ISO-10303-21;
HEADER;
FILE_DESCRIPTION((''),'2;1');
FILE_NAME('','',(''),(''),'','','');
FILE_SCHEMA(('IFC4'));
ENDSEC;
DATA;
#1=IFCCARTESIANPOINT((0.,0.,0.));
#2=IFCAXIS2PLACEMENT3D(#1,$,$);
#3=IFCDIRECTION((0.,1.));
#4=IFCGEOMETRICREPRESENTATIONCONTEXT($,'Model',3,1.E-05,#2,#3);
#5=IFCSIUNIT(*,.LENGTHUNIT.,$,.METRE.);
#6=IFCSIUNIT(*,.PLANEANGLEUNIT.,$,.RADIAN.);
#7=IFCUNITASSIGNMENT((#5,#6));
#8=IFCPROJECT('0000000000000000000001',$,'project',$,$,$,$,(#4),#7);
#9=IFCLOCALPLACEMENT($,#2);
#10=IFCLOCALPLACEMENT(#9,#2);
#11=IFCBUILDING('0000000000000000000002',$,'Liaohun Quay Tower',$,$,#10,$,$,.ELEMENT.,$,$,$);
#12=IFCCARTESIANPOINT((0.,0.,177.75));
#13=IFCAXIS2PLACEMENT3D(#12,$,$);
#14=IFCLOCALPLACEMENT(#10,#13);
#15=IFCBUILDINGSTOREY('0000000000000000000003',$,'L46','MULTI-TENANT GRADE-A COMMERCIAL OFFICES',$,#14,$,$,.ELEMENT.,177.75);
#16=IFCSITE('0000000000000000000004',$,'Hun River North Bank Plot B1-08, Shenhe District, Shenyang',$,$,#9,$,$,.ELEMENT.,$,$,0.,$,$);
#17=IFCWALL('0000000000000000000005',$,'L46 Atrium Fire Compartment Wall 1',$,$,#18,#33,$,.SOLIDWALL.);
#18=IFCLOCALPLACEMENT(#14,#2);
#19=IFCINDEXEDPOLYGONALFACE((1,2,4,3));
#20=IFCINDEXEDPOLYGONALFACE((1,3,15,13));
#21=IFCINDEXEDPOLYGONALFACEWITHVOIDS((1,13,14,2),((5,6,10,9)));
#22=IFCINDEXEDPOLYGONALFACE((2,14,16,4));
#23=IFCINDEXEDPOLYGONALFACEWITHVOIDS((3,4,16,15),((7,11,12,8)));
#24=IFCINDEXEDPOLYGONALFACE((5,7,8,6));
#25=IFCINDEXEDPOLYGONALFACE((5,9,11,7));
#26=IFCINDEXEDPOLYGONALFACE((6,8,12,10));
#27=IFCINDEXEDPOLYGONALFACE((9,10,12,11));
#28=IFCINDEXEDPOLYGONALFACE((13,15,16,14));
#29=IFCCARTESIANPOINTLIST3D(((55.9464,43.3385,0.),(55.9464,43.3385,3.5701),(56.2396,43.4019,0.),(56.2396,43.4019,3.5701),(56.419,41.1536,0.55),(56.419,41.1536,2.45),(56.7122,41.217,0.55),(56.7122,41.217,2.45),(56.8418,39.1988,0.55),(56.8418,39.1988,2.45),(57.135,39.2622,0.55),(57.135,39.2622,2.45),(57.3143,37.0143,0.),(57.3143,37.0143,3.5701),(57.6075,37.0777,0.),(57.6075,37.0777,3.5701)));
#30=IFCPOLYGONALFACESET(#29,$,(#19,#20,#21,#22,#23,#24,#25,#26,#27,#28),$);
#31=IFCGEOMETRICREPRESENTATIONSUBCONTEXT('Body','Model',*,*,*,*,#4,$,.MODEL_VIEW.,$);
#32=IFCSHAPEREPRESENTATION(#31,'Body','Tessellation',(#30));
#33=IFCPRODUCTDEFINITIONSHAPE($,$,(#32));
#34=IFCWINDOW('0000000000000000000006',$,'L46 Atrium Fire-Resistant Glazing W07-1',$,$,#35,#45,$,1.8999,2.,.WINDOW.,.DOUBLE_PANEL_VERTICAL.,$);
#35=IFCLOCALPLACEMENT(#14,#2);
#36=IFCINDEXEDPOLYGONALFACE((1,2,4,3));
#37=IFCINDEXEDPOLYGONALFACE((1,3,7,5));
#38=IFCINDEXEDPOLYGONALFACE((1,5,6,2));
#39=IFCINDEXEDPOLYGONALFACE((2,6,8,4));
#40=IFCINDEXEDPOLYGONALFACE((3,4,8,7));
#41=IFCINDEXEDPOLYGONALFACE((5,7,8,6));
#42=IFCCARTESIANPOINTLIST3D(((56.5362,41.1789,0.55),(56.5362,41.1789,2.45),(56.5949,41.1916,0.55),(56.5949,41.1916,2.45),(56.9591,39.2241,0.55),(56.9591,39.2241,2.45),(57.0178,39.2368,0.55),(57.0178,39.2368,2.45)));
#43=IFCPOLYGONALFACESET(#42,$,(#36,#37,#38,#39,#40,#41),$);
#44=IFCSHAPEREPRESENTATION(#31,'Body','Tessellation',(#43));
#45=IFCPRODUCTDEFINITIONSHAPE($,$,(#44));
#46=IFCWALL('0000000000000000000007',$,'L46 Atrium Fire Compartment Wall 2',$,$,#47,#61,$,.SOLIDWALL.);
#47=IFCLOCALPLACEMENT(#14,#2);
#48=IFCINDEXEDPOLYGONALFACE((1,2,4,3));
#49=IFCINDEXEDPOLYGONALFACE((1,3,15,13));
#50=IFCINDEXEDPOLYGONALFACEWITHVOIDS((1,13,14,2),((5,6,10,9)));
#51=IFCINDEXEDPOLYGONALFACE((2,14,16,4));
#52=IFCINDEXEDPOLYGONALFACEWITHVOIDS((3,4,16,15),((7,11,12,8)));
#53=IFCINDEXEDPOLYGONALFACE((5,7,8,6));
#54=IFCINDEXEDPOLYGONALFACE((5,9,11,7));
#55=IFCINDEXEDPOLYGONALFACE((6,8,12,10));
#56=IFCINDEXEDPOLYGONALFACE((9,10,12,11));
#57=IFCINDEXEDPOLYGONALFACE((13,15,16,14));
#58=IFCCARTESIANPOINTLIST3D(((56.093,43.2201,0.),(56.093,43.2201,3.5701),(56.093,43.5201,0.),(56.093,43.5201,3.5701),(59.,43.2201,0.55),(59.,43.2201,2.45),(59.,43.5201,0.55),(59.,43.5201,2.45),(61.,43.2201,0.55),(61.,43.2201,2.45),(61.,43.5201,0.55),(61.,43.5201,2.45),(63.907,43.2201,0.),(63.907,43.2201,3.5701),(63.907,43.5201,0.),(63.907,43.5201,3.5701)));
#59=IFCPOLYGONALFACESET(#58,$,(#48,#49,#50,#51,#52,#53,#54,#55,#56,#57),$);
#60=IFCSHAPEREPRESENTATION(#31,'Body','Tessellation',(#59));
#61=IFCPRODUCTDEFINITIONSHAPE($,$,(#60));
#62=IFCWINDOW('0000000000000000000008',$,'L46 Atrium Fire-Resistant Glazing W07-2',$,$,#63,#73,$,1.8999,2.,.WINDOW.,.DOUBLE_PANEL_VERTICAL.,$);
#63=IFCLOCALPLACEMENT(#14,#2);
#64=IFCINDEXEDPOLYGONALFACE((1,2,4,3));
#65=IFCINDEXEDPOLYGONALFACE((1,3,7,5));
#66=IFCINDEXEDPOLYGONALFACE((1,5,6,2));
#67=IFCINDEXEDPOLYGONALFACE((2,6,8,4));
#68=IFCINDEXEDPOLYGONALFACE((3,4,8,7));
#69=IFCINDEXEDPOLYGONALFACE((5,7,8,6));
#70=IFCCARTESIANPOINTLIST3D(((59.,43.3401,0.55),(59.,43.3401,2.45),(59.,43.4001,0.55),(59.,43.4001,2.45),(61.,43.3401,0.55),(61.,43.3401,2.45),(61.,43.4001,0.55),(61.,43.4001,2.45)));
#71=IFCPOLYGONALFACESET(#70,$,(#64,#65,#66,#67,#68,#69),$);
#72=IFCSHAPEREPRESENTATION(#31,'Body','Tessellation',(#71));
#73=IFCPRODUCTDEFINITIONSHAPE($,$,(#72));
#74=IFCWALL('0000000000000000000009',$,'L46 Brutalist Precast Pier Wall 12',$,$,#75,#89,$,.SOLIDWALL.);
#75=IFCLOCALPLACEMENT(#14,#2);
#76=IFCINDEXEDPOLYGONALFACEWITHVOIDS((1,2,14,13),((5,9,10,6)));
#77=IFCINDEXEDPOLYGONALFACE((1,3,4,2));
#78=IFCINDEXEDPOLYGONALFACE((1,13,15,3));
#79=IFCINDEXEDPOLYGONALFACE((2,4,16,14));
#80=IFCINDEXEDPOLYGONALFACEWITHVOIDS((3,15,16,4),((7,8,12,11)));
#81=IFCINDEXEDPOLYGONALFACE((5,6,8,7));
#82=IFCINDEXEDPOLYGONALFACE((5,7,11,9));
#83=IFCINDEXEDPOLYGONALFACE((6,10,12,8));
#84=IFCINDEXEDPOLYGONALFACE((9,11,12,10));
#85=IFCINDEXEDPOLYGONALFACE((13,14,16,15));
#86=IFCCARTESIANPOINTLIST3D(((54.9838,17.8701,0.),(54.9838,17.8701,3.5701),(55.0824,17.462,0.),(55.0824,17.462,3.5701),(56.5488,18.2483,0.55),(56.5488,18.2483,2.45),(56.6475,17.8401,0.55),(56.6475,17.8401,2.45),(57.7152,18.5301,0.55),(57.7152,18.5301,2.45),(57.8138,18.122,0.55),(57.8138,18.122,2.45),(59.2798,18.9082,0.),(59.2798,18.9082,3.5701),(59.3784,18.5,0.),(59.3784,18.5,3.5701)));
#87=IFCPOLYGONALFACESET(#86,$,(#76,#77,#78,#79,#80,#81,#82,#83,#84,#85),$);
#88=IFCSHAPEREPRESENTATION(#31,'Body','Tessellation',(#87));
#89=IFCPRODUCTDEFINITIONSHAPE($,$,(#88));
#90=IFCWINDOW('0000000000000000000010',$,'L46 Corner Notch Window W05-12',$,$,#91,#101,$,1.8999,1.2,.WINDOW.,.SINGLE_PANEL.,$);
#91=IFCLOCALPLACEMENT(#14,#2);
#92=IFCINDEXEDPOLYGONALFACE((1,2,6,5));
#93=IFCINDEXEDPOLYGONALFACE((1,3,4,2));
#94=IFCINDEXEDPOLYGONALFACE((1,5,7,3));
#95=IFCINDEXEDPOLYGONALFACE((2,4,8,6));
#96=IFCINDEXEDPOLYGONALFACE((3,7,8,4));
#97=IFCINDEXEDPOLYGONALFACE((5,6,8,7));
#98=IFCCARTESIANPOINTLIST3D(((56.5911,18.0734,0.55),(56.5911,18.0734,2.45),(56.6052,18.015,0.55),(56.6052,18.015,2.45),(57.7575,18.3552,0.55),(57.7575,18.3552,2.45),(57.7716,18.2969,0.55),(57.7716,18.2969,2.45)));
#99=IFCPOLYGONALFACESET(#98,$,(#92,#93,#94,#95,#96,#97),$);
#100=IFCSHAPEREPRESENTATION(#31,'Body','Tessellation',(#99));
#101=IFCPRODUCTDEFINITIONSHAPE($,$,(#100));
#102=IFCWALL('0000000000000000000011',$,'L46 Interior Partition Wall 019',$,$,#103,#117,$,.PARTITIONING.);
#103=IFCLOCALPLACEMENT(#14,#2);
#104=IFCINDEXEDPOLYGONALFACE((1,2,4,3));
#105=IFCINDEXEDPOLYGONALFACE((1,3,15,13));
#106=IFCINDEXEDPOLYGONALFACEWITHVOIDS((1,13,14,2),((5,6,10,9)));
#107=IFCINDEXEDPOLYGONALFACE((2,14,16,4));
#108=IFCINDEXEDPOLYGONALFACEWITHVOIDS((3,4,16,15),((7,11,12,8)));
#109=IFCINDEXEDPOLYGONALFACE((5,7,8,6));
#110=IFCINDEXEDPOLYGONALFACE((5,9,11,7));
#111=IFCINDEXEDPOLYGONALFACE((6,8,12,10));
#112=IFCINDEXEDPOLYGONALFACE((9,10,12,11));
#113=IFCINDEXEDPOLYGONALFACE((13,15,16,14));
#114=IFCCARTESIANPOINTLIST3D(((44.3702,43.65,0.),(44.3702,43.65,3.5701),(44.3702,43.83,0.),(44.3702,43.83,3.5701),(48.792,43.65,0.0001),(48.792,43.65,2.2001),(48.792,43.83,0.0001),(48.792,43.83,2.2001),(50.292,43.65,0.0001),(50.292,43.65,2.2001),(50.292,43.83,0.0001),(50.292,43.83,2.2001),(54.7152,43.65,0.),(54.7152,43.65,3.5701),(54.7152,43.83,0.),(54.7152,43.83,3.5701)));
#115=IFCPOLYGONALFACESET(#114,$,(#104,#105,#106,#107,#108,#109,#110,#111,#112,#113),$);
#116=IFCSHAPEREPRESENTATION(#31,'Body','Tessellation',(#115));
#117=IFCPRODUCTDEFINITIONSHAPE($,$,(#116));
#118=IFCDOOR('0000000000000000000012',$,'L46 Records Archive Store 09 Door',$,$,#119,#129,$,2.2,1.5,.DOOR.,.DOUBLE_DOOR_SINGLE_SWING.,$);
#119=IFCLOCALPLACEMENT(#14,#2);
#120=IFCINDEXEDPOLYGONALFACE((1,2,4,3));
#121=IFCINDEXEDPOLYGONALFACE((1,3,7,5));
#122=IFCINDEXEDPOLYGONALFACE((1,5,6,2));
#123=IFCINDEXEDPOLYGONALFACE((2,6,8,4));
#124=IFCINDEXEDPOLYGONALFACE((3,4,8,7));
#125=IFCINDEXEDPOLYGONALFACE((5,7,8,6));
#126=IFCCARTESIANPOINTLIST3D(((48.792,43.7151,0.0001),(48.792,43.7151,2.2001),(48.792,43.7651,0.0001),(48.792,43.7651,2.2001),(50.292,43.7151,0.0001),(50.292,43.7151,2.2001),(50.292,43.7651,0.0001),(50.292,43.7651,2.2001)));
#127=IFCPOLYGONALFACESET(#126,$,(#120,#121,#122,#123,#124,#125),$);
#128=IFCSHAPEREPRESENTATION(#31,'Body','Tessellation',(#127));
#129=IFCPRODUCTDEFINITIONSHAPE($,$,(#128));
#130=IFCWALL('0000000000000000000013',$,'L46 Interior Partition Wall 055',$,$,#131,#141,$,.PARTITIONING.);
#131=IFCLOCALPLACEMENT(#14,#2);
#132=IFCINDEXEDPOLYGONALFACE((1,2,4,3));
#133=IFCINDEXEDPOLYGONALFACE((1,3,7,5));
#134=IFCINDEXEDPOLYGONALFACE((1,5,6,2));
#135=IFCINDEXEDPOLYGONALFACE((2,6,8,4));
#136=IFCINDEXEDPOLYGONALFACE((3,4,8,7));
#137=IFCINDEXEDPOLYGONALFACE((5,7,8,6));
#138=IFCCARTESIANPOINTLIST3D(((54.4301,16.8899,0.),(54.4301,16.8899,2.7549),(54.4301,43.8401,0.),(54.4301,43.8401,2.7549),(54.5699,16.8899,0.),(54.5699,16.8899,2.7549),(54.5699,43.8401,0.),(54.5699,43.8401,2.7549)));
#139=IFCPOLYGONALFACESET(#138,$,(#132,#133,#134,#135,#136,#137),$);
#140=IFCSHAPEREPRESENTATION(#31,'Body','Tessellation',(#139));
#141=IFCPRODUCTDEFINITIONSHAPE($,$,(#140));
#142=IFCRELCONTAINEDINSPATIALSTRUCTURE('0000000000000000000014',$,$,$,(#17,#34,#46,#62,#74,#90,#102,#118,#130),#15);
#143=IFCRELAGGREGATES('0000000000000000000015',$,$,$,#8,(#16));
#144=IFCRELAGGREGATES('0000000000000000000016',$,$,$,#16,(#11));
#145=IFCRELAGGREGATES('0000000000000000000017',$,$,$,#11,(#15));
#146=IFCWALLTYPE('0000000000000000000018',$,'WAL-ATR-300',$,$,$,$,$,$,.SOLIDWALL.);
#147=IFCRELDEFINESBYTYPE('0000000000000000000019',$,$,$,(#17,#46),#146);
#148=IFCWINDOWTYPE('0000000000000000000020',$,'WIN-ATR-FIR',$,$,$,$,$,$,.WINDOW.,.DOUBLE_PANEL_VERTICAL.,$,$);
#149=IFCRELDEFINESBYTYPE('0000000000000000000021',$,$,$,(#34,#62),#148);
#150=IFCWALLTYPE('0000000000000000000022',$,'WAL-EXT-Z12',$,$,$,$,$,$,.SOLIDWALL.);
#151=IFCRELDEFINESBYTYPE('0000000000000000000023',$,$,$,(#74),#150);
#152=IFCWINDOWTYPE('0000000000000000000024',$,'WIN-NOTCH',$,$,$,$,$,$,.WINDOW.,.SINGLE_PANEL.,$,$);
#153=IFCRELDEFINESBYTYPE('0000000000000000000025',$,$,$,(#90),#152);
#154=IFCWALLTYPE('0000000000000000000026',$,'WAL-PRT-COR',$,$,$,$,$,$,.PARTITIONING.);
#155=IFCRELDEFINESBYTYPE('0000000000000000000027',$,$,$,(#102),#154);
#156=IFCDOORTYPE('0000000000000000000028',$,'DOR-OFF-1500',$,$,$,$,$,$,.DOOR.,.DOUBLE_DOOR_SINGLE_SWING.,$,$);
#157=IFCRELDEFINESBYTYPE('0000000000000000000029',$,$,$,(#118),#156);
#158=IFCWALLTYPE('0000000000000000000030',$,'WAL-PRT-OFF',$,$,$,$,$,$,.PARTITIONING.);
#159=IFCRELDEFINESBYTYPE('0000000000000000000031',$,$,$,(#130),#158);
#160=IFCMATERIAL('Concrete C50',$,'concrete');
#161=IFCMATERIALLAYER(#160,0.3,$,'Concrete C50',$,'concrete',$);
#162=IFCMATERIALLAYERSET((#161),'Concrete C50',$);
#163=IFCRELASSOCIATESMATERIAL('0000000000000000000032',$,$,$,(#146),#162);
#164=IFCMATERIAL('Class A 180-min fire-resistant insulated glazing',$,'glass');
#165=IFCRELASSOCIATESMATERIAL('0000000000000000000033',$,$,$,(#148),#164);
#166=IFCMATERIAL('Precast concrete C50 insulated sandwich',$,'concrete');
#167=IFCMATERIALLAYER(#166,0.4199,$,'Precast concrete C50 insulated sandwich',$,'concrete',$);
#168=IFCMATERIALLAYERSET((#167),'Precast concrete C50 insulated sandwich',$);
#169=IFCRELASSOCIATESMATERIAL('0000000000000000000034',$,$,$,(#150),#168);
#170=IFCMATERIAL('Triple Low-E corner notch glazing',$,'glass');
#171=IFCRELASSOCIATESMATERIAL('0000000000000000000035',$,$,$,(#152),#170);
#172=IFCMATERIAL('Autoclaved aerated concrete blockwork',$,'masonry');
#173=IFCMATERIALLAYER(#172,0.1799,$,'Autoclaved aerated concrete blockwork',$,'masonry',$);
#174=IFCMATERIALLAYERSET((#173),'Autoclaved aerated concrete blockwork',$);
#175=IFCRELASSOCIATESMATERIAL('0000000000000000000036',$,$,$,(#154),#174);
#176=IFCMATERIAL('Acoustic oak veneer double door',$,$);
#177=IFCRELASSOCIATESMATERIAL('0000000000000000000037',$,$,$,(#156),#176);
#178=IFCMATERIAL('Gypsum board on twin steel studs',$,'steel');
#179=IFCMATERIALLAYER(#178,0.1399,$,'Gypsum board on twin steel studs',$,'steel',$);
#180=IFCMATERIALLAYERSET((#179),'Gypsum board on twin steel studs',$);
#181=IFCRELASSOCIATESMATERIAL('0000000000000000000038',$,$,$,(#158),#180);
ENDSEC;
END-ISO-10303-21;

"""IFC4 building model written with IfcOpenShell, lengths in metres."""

from ifc_helpers import new_model, si_unit, direction, frame, frame_2d, origin, place, context, subcontext, project, spatial, rectangle, extrude, source, transform, mapped, material, layer, layer_set, type_object, element, fill, save


model = new_model("IFC4")

# Units and contexts
model_context = context("Model", 3, precision=1e-05, world=origin(), true_north=direction((0.0, 1.0)))
body_context = subcontext(model_context, "Body", "Model", "MODEL_VIEW")
ifc_project = project(units=[si_unit("LENGTHUNIT", "METRE"), si_unit("PLANEANGLEUNIT", "RADIAN")], contexts=[model_context])

# Site, building, storey
site_placement = place(None, origin())
site = spatial("IfcSite", under=ifc_project, at=site_placement, Name="Hun River North Bank Plot B1-08, Shenhe District, Shenyang", CompositionType="ELEMENT", RefElevation=0.0)
building_placement = place(site_placement, origin())
building = spatial("IfcBuilding", under=site, at=building_placement, Name="Liaohun Quay Tower", CompositionType="ELEMENT")
storey_placement = place(building_placement, frame((0.0, 0.0, 177.75)))
storey = spatial("IfcBuildingStorey", under=building, at=storey_placement, Name="L46", Description="MULTI-TENANT GRADE-A COMMERCIAL OFFICES", CompositionType="ELEMENT", Elevation=177.75)

# Walls, openings, windows
ifc_material_1 = material(Name="Concrete C50", Category="concrete")
ifc_layer_1 = layer(ifc_material_1, 0.3, Name="Concrete C50", Category="concrete")
ifc_layer_set_1 = layer_set([ifc_layer_1], Name="Concrete C50")
wall_type_1 = type_object("IfcWallType", Name="WAL-ATR-300", PredefinedType="SOLIDWALL", material=ifc_layer_set_1)
wall_1_placement = place(storey_placement, frame((57.4609, 37.0459, 0.0), z_axis=(0.0, 0.0, 1.0), x_axis=(-0.21141, 0.977398, 0.0)))
wall_1 = element("IfcWall", 1, at=wall_1_placement, inside=storey, type_object=wall_type_1, Name="L46 Atrium Fire Compartment Wall 1", PredefinedType="SOLIDWALL", context=body_context, shape_type="SweptSolid", body=[
    extrude(rectangle(XDim=6.4705, YDim=0.3, at=frame_2d((3.2354, 0.0))), origin(), (0.0, 0.0, 1.0), 3.5701),
])
shared_shape_1 = source(origin(), body_context, "Body", "SweptSolid", [
    extrude(rectangle(XDim=2.0, YDim=1.8999, at=frame_2d((1.0, 0.95))), frame((0.0, 0.1599, 0.0), z_axis=(0.0, -1.0, 0.0), x_axis=(1.0, 0.0, 0.0)), (0.0, 0.0, 1.0), 0.3201),
])
opening_1_placement = place(wall_1_placement, frame((2.2351, 0.0, 0.55)))
opening_1 = element("IfcOpeningElement", 2, at=opening_1_placement, cuts=wall_1, PredefinedType="OPENING", context=body_context, shape_type="MappedRepresentation", body=[
    mapped(shared_shape_1, transform((0.0, 0.0, 0.0), x_axis=(1.0, 0.0, 0.0), y_axis=(0.0, 1.0, 0.0), z_axis=(0.0, 0.0, 1.0), scale=1.0)),
])
ifc_material_2 = material(Name="Class A 180-min fire-resistant insulated glazing", Category="glass")
window_type_1 = type_object("IfcWindowType", Name="WIN-ATR-FIR", PartitioningType="DOUBLE_PANEL_VERTICAL", PredefinedType="WINDOW", material=ifc_material_2)
shared_shape_2 = source(origin(), body_context, "Body", "SweptSolid", [
    extrude(rectangle(XDim=2.0, YDim=1.8999, at=frame_2d((1.0, 0.95))), frame((0.0, 0.03, 0.0), z_axis=(0.0, -1.0, 0.0), x_axis=(1.0, 0.0, 0.0)), (0.0, 0.0, 1.0), 0.0601),
])
window_1_placement = place(opening_1_placement, origin())
window_1 = element("IfcWindow", 3, at=window_1_placement, inside=storey, type_object=window_type_1, Name="L46 Atrium Fire-Resistant Glazing W07-1", OverallHeight=1.8999, OverallWidth=2.0, PartitioningType="DOUBLE_PANEL_VERTICAL", PredefinedType="WINDOW", context=body_context, shape_type="MappedRepresentation", body=[
    mapped(shared_shape_2, transform((0.0, 0.0, 0.0), x_axis=(1.0, 0.0, 0.0), y_axis=(0.0, 1.0, 0.0), z_axis=(0.0, 0.0, 1.0), scale=1.0)),
])
fill(opening_1, window_1)
wall_2_placement = place(storey_placement, frame((56.093, 43.3701, 0.0), z_axis=(0.0, 0.0, 1.0), x_axis=(1.0, 0.0, 0.0)))
wall_2 = element("IfcWall", 4, at=wall_2_placement, inside=storey, type_object=wall_type_1, Name="L46 Atrium Fire Compartment Wall 2", PredefinedType="SOLIDWALL", context=body_context, shape_type="SweptSolid", body=[
    extrude(rectangle(XDim=7.814, YDim=0.3, at=frame_2d((3.907, 0.0))), origin(), (0.0, 0.0, 1.0), 3.5701),
])
opening_2_placement = place(wall_2_placement, frame((2.907, 0.0, 0.55)))
opening_2 = element("IfcOpeningElement", 5, at=opening_2_placement, cuts=wall_2, PredefinedType="OPENING", context=body_context, shape_type="MappedRepresentation", body=[
    mapped(shared_shape_1, transform((0.0, 0.0, 0.0), x_axis=(1.0, 0.0, 0.0), y_axis=(0.0, 1.0, 0.0), z_axis=(0.0, 0.0, 1.0), scale=1.0)),
])
window_2_placement = place(opening_2_placement, origin())
window_2 = element("IfcWindow", 6, at=window_2_placement, inside=storey, type_object=window_type_1, Name="L46 Atrium Fire-Resistant Glazing W07-2", OverallHeight=1.8999, OverallWidth=2.0, PartitioningType="DOUBLE_PANEL_VERTICAL", PredefinedType="WINDOW", context=body_context, shape_type="MappedRepresentation", body=[
    mapped(shared_shape_2, transform((0.0, 0.0, 0.0), x_axis=(1.0, 0.0, 0.0), y_axis=(0.0, 1.0, 0.0), z_axis=(0.0, 0.0, 1.0), scale=1.0)),
])
fill(opening_2, window_2)
ifc_material_3 = material(Name="Precast concrete C50 insulated sandwich", Category="concrete")
ifc_layer_2 = layer(ifc_material_3, 0.4199, Name="Precast concrete C50 insulated sandwich", Category="concrete")
ifc_layer_set_2 = layer_set([ifc_layer_2], Name="Precast concrete C50 insulated sandwich")
wall_type_2 = type_object("IfcWallType", Name="WAL-EXT-Z12", PredefinedType="SOLIDWALL", material=ifc_layer_set_2)
wall_3_placement = place(storey_placement, frame((55.033, 17.666, 0.0), z_axis=(0.0, 0.0, 1.0), x_axis=(0.972026, 0.234873, 0.0)))
wall_3 = element("IfcWall", 7, at=wall_3_placement, inside=storey, type_object=wall_type_2, Name="L46 Brutalist Precast Pier Wall 12", PredefinedType="SOLIDWALL", context=body_context, shape_type="SweptSolid", body=[
    extrude(rectangle(XDim=4.4197, YDim=0.4199, at=frame_2d((2.21, 0.0))), origin(), (0.0, 0.0, 1.0), 3.5701),
])
shared_shape_3 = source(origin(), body_context, "Body", "SweptSolid", [
    extrude(rectangle(XDim=1.2, YDim=1.8999, at=frame_2d((0.6001, 0.95))), frame((0.0, 0.22, 0.0), z_axis=(0.0, -1.0, 0.0), x_axis=(1.0, 0.0, 0.0)), (0.0, 0.0, 1.0), 0.4399),
])
opening_3_placement = place(wall_3_placement, frame((1.6101, 0.0, 0.55)))
opening_3 = element("IfcOpeningElement", 8, at=opening_3_placement, cuts=wall_3, PredefinedType="OPENING", context=body_context, shape_type="MappedRepresentation", body=[
    mapped(shared_shape_3, transform((0.0, 0.0, 0.0), x_axis=(1.0, 0.0, 0.0), y_axis=(0.0, 1.0, 0.0), z_axis=(0.0, 0.0, 1.0), scale=1.0)),
])
ifc_material_4 = material(Name="Triple Low-E corner notch glazing", Category="glass")
window_type_2 = type_object("IfcWindowType", Name="WIN-NOTCH", PartitioningType="SINGLE_PANEL", PredefinedType="WINDOW", material=ifc_material_4)
shared_shape_4 = source(origin(), body_context, "Body", "SweptSolid", [
    extrude(rectangle(XDim=1.2, YDim=1.8999, at=frame_2d((0.6001, 0.95))), frame((0.0, 0.03, 0.0), z_axis=(0.0, -1.0, 0.0), x_axis=(1.0, 0.0, 0.0)), (0.0, 0.0, 1.0), 0.0601),
])
window_3_placement = place(opening_3_placement, origin())
window_3 = element("IfcWindow", 9, at=window_3_placement, inside=storey, type_object=window_type_2, Name="L46 Corner Notch Window W05-12", OverallHeight=1.8999, OverallWidth=1.2, PartitioningType="SINGLE_PANEL", PredefinedType="WINDOW", context=body_context, shape_type="MappedRepresentation", body=[
    mapped(shared_shape_4, transform((0.0, 0.0, 0.0), x_axis=(1.0, 0.0, 0.0), y_axis=(0.0, 1.0, 0.0), z_axis=(0.0, 0.0, 1.0), scale=1.0)),
])
fill(opening_3, window_3)

# Wall, opening, door
ifc_material_5 = material(Name="Autoclaved aerated concrete blockwork", Category="masonry")
ifc_layer_3 = layer(ifc_material_5, 0.1799, Name="Autoclaved aerated concrete blockwork", Category="masonry")
ifc_layer_set_3 = layer_set([ifc_layer_3], Name="Autoclaved aerated concrete blockwork")
wall_type_3 = type_object("IfcWallType", Name="WAL-PRT-COR", PredefinedType="PARTITIONING", material=ifc_layer_set_3)
wall_4_placement = place(storey_placement, frame((54.7151, 43.74, 0.0), z_axis=(0.0, 0.0, 1.0), x_axis=(-1.0, 0.0, 0.0)))
wall_4 = element("IfcWall", 10, at=wall_4_placement, inside=storey, type_object=wall_type_3, Name="L46 Interior Partition Wall 019", PredefinedType="PARTITIONING", context=body_context, shape_type="SweptSolid", body=[
    extrude(rectangle(XDim=10.345, YDim=0.1799, at=frame_2d((5.1724, 0.0))), origin(), (0.0, 0.0, 1.0), 3.5701),
])
shared_shape_5 = source(origin(), body_context, "Body", "SweptSolid", [
    extrude(rectangle(XDim=1.5, YDim=2.2, at=frame_2d((0.75, 1.1001))), frame((0.0, 0.0999, 0.0), z_axis=(0.0, -1.0, 0.0), x_axis=(1.0, 0.0, 0.0)), (0.0, 0.0, 1.0), 0.2),
])
opening_4_placement = place(wall_4_placement, frame((4.4231, 0.0, 0.0)))
opening_4 = element("IfcOpeningElement", 11, at=opening_4_placement, cuts=wall_4, PredefinedType="OPENING", context=body_context, shape_type="MappedRepresentation", body=[
    mapped(shared_shape_5, transform((0.0, 0.0, 0.0), x_axis=(1.0, 0.0, 0.0), y_axis=(0.0, 1.0, 0.0), z_axis=(0.0, 0.0, 1.0), scale=1.0)),
])
ifc_material_6 = material(Name="Acoustic oak veneer double door")
door_type = type_object("IfcDoorType", Name="DOR-OFF-1500", OperationType="DOUBLE_DOOR_SINGLE_SWING", PredefinedType="DOOR", material=ifc_material_6)
shared_shape_6 = source(origin(), body_context, "Body", "SweptSolid", [
    extrude(rectangle(XDim=1.5, YDim=2.2, at=frame_2d((0.75, 1.1001))), frame((0.0, 0.0249, 0.0), z_axis=(0.0, -1.0, 0.0), x_axis=(1.0, 0.0, 0.0)), (0.0, 0.0, 1.0), 0.05),
])
door_placement = place(opening_4_placement, origin())
door = element("IfcDoor", 12, at=door_placement, inside=storey, type_object=door_type, Name="L46 Records Archive Store 09 Door", OperationType="DOUBLE_DOOR_SINGLE_SWING", OverallHeight=2.2, OverallWidth=1.5, PredefinedType="DOOR", context=body_context, shape_type="MappedRepresentation", body=[
    mapped(shared_shape_6, transform((0.0, 0.0, 0.0), x_axis=(1.0, 0.0, 0.0), y_axis=(0.0, 1.0, 0.0), z_axis=(0.0, 0.0, 1.0), scale=1.0)),
])
fill(opening_4, door)

# Wall
ifc_material_7 = material(Name="Gypsum board on twin steel studs", Category="steel")
ifc_layer_4 = layer(ifc_material_7, 0.1399, Name="Gypsum board on twin steel studs", Category="steel")
ifc_layer_set_4 = layer_set([ifc_layer_4], Name="Gypsum board on twin steel studs")
wall_type_4 = type_object("IfcWallType", Name="WAL-PRT-OFF", PredefinedType="PARTITIONING", material=ifc_layer_set_4)
wall_5_placement = place(storey_placement, frame((54.5, 43.8401, 0.0), z_axis=(0.0, 0.0, 1.0), x_axis=(0.0, -1.0, 0.0)))
element("IfcWall", 13, at=wall_5_placement, inside=storey, type_object=wall_type_4, Name="L46 Interior Partition Wall 055", PredefinedType="PARTITIONING", context=body_context, shape_type="SweptSolid", body=[
    extrude(rectangle(XDim=26.9502, YDim=0.1399, at=frame_2d((13.4751, 0.0))), origin(), (0.0, 0.0, 1.0), 2.7549),
])

save(model, "model.ifc")
